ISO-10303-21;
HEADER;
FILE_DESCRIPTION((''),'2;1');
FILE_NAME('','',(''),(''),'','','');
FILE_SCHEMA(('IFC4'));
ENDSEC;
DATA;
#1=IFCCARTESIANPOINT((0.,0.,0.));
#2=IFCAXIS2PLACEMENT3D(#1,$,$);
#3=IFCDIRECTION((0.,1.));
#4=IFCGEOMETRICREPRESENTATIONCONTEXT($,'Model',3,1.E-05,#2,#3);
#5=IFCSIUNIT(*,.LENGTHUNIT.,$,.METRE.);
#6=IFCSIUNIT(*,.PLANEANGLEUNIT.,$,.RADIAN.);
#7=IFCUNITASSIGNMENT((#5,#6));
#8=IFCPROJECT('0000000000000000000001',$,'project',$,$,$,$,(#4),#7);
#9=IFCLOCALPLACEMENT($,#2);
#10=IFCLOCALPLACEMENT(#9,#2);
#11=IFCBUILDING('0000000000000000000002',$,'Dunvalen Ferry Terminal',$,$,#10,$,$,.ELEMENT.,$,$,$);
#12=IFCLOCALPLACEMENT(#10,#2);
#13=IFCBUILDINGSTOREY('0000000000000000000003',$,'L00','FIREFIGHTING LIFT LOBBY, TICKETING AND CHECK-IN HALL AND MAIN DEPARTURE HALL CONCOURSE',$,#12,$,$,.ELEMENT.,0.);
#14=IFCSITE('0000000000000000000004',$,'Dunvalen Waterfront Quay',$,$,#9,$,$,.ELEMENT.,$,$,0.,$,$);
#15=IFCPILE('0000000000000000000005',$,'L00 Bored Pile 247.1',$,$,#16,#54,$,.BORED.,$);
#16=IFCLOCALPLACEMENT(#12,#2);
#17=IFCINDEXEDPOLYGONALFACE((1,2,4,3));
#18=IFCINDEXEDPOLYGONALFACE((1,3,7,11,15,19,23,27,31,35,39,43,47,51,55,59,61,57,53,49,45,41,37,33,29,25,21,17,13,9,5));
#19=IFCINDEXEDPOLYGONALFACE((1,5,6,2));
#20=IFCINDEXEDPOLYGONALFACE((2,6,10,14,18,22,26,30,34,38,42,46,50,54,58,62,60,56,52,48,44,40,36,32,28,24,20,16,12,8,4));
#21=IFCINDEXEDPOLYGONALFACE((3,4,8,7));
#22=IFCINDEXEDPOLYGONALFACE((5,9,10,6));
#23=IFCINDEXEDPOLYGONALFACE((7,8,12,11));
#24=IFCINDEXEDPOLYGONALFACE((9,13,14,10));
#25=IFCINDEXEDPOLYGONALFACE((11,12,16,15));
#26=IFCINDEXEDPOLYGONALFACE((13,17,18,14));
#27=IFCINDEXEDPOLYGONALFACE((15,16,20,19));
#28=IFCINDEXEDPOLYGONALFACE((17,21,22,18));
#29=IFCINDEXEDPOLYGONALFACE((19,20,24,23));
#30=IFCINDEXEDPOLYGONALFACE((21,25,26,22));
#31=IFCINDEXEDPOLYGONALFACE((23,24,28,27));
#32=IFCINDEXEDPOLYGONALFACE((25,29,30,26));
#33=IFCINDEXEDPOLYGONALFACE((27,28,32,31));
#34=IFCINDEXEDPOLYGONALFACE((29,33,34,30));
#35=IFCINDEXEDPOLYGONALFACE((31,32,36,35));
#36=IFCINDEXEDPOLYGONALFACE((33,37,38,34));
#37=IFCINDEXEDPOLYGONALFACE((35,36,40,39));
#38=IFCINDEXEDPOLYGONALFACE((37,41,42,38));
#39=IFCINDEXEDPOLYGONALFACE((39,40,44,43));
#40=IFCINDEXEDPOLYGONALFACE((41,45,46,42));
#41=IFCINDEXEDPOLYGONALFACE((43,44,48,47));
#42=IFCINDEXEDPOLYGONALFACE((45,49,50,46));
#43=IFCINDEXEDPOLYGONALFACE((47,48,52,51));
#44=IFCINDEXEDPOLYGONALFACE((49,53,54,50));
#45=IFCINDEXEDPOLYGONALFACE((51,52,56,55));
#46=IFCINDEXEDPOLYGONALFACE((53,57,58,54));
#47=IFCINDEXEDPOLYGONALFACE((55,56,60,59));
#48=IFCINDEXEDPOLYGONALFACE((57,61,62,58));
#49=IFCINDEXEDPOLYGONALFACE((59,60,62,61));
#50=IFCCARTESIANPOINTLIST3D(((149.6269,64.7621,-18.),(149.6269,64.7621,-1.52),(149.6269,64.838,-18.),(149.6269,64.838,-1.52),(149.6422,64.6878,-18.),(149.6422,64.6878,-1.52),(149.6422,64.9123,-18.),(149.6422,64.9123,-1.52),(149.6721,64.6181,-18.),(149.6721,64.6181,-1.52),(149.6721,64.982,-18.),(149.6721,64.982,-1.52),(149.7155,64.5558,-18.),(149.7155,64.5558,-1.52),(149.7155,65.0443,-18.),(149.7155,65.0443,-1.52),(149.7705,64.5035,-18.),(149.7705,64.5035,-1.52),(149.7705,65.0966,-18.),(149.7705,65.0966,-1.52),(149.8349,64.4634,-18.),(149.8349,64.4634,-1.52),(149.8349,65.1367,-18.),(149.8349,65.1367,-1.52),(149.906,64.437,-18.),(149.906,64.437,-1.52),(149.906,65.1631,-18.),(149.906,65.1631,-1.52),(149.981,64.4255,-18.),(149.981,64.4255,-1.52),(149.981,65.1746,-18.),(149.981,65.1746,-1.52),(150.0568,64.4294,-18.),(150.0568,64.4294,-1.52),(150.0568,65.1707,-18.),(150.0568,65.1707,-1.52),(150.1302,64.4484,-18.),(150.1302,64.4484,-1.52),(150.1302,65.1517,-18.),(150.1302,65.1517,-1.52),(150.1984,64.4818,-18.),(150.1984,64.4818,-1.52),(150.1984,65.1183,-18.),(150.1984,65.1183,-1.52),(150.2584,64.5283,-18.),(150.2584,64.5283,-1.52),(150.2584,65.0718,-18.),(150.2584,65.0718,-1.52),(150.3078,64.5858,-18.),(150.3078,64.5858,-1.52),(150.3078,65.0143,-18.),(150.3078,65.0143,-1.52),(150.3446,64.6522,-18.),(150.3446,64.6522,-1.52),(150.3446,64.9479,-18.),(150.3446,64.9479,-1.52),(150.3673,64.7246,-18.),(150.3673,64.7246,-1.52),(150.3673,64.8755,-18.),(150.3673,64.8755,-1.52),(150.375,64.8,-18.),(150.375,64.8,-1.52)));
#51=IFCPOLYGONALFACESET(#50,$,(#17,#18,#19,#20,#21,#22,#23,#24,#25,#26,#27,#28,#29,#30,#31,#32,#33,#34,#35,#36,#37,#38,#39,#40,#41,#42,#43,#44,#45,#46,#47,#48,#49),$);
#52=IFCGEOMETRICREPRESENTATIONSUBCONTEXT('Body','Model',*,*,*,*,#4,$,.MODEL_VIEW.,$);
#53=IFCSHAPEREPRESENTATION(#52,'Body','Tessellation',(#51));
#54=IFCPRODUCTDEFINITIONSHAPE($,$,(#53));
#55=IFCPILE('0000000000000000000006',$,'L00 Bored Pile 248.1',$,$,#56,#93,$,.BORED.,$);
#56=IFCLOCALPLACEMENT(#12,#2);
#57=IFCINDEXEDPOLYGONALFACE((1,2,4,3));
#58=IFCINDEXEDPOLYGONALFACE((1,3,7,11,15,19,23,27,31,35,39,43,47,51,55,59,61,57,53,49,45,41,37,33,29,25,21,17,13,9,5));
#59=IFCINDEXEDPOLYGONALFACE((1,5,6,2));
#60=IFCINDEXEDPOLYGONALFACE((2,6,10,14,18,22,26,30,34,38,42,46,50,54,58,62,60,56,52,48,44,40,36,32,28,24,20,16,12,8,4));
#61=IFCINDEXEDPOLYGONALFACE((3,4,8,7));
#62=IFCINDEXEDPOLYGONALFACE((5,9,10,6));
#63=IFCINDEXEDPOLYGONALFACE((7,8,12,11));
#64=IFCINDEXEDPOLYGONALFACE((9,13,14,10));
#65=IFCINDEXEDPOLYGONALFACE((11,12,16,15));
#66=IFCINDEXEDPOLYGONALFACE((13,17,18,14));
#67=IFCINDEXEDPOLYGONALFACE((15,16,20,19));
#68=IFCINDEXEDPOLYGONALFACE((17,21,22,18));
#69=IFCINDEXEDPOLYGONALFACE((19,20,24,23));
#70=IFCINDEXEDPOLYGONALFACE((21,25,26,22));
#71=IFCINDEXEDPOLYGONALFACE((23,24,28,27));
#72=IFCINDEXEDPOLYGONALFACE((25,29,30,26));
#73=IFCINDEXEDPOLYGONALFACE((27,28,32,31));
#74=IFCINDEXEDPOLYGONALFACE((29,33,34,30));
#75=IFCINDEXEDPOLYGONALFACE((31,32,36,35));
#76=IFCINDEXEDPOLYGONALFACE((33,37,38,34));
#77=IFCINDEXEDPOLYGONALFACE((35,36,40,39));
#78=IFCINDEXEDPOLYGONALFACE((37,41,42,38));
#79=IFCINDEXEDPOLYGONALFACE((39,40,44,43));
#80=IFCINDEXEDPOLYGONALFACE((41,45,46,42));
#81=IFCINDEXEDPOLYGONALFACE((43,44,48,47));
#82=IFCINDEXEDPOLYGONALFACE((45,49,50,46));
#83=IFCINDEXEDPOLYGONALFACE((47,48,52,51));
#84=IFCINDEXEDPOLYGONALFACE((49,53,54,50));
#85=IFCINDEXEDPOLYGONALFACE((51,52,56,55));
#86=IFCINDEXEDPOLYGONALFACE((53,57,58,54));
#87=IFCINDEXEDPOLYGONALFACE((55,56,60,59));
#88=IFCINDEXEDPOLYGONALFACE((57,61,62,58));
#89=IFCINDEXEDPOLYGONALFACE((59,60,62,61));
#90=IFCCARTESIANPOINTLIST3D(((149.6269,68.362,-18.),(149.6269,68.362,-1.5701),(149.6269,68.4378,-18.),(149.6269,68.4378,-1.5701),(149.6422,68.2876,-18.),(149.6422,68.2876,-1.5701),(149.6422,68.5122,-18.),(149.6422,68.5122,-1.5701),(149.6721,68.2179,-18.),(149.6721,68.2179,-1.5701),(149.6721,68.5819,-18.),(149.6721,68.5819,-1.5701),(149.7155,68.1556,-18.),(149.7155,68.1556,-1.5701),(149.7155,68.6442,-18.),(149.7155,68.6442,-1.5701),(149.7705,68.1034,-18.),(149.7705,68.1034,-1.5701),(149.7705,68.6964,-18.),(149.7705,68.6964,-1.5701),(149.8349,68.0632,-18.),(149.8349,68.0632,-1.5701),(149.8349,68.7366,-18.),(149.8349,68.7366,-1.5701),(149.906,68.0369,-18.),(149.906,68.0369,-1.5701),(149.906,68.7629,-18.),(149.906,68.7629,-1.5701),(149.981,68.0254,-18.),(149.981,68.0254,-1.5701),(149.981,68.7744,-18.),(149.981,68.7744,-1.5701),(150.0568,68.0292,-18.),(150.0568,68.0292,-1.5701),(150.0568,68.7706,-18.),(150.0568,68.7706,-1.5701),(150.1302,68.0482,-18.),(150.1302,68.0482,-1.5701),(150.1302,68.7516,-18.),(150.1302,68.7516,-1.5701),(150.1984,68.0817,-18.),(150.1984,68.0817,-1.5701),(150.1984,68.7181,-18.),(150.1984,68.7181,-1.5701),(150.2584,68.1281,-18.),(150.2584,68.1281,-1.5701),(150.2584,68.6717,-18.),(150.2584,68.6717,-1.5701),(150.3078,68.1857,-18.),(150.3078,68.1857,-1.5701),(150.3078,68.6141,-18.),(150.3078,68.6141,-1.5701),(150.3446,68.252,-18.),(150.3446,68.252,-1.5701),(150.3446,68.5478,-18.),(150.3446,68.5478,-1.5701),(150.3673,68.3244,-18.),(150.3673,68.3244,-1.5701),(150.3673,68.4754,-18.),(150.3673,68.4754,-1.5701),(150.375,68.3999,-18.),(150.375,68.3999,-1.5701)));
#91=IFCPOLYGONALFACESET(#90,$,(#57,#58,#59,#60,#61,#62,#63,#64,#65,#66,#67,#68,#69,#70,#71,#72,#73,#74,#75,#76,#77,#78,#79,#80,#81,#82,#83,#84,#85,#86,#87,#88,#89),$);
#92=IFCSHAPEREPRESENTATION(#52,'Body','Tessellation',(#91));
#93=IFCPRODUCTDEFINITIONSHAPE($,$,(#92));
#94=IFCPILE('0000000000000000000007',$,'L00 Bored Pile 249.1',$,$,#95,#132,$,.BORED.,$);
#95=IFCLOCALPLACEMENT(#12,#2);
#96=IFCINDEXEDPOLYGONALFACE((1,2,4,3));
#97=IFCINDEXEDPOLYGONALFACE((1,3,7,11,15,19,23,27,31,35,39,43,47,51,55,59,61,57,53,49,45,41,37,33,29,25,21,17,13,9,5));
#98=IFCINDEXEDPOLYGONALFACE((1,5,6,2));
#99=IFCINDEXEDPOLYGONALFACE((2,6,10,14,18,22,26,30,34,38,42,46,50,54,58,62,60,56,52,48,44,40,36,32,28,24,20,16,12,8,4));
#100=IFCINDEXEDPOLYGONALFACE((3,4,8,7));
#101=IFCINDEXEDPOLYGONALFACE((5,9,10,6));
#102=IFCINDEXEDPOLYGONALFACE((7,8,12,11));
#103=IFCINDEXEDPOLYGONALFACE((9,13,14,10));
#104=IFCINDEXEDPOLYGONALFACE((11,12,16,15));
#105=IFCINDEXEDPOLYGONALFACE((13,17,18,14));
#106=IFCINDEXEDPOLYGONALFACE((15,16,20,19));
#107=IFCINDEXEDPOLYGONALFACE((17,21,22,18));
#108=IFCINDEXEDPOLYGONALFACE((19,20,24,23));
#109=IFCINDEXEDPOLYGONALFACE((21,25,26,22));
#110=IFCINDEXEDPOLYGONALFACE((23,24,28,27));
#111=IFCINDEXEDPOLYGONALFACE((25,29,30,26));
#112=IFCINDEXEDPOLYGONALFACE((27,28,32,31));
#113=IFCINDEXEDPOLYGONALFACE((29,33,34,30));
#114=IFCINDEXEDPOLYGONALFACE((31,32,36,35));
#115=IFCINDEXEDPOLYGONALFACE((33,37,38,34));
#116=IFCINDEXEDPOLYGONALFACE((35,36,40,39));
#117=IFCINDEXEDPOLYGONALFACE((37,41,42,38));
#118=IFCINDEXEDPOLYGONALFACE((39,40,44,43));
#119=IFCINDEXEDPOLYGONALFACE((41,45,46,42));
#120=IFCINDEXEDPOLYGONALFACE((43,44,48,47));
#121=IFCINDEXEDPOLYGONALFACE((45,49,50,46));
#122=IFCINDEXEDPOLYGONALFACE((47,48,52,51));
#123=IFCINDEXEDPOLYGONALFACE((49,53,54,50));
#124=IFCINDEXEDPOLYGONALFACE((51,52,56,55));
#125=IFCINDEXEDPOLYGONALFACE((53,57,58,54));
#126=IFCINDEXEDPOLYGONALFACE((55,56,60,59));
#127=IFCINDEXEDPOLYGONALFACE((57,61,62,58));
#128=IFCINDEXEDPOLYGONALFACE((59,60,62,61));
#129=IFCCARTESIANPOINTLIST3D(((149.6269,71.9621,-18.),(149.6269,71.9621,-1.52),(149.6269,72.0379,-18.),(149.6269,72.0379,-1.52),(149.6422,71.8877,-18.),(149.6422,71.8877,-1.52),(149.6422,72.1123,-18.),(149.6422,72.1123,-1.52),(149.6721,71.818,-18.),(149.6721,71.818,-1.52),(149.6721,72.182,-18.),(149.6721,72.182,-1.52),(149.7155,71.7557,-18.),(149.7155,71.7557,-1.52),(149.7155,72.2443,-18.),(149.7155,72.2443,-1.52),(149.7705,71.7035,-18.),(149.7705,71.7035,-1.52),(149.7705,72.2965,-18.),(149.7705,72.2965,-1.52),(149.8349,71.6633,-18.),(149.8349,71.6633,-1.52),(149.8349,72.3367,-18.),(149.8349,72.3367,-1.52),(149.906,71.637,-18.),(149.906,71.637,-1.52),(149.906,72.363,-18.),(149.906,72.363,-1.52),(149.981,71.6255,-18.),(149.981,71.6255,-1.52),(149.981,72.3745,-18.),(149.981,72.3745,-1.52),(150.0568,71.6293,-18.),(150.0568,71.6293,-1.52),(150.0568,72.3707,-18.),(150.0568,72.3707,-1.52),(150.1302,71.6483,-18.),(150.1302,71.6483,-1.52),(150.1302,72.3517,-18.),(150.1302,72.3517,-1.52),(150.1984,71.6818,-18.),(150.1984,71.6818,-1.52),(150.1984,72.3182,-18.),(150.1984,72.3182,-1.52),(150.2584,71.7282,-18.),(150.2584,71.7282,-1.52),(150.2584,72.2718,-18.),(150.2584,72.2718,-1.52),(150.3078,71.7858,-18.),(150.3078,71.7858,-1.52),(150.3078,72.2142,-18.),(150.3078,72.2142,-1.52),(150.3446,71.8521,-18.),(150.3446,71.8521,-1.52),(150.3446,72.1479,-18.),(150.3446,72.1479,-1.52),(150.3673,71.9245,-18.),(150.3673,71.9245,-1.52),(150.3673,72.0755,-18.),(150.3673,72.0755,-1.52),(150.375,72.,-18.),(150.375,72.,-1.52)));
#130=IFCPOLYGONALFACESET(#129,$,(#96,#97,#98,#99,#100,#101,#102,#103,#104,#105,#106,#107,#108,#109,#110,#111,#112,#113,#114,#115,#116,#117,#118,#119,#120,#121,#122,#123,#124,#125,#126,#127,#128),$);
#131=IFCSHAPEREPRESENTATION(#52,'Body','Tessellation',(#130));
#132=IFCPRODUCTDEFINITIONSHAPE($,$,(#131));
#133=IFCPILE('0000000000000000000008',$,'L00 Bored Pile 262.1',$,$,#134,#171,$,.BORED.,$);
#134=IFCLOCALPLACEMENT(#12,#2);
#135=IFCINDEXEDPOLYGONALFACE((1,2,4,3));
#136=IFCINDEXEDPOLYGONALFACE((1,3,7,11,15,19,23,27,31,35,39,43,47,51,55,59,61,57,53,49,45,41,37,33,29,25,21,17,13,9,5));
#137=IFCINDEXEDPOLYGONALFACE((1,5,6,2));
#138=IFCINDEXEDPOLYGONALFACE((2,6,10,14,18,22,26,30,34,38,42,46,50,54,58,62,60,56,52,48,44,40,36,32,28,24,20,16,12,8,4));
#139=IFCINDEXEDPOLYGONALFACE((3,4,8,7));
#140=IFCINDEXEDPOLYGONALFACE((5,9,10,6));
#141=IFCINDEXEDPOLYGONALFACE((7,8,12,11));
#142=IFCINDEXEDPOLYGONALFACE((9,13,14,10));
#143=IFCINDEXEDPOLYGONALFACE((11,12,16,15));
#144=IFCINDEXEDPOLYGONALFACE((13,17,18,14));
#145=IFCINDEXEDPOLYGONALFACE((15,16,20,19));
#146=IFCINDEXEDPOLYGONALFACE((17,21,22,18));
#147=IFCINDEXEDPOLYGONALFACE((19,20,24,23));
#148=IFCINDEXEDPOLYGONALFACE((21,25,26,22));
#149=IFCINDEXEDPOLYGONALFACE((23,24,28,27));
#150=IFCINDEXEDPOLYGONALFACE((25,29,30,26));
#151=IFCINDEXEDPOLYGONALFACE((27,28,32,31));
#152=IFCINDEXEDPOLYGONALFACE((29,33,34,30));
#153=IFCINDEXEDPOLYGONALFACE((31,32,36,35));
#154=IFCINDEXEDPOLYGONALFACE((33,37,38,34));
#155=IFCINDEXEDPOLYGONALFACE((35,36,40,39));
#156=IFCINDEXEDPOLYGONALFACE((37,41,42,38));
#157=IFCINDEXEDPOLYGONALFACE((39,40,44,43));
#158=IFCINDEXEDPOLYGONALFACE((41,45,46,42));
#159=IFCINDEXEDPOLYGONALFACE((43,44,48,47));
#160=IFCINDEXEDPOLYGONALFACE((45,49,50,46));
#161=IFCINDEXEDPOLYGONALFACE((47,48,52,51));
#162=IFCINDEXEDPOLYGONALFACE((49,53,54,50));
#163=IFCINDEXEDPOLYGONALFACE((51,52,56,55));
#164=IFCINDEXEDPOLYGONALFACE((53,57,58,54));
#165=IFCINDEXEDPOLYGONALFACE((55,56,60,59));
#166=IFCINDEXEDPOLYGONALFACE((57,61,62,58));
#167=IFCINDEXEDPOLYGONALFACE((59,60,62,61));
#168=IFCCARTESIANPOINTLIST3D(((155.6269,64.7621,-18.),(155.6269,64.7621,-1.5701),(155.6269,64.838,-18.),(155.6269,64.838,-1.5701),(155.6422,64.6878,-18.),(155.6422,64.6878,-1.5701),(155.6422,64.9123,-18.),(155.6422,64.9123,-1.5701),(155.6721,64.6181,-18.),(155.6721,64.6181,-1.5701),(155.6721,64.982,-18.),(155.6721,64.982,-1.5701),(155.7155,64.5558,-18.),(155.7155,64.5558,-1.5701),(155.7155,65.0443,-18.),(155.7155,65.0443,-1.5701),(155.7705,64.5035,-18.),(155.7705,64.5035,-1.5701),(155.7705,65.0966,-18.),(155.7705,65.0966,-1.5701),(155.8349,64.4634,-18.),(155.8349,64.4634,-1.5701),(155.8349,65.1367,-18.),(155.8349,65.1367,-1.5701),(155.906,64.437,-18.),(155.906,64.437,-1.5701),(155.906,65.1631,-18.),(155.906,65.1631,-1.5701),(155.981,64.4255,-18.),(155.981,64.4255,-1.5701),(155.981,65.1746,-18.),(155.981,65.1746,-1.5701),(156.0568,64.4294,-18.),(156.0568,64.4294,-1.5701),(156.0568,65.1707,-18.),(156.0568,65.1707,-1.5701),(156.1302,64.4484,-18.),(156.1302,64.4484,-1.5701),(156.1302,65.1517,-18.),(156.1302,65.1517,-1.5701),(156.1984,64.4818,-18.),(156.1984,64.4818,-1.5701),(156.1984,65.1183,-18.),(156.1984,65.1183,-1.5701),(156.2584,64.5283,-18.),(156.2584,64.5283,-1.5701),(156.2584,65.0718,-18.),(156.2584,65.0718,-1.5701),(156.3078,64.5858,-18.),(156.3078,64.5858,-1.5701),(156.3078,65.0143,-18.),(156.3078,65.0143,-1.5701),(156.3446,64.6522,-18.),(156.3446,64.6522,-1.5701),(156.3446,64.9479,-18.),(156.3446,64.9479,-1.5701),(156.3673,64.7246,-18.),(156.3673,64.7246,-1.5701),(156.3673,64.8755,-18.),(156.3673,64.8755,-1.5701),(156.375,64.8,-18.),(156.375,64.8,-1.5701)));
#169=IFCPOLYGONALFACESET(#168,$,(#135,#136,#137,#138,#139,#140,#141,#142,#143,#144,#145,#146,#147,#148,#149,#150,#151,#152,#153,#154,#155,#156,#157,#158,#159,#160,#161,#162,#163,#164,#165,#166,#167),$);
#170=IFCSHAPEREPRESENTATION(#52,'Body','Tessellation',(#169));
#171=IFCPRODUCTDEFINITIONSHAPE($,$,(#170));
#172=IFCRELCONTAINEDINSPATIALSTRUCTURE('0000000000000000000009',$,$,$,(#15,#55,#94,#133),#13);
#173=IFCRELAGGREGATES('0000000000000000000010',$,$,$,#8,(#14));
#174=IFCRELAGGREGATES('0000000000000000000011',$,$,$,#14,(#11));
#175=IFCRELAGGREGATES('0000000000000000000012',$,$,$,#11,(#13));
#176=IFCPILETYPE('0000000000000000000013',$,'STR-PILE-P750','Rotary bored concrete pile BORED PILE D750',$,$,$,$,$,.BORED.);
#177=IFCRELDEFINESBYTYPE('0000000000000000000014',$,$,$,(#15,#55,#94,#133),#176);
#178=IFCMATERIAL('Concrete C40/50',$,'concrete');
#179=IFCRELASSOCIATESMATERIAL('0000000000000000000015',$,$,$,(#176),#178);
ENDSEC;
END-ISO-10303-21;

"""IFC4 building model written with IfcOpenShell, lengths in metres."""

from ifc_helpers import new_model, si_unit, direction, frame, origin, origin_2d, place, context, subcontext, project, spatial, circle, extrude, material, material_profile, profile_set, type_object, element, save


model = new_model("IFC4")

# Units and contexts
model_context = context("Model", 3, precision=1e-05, world=origin(), true_north=direction((0.0, 1.0)))
body_context = subcontext(model_context, "Body", "Model", "MODEL_VIEW")
ifc_project = project(units=[si_unit("LENGTHUNIT", "METRE"), si_unit("PLANEANGLEUNIT", "RADIAN")], contexts=[model_context])

# Site, building, storey
site_placement = place(None, origin())
site = spatial("IfcSite", under=ifc_project, at=site_placement, Name="Dunvalen Waterfront Quay", CompositionType="ELEMENT", RefElevation=0.0)
building_placement = place(site_placement, origin())
building = spatial("IfcBuilding", under=site, at=building_placement, Name="Dunvalen Ferry Terminal", CompositionType="ELEMENT")
storey_placement = place(building_placement, origin())
storey = spatial("IfcBuildingStorey", under=building, at=storey_placement, Name="L00", Description="FIREFIGHTING LIFT LOBBY, TICKETING AND CHECK-IN HALL AND MAIN DEPARTURE HALL CONCOURSE", CompositionType="ELEMENT", Elevation=0.0)

# Shared definitions
ifc_material_1 = material(Name="Concrete C40/50", Category="concrete")

# Piles
ifc_material_profile_1 = material_profile(ifc_material_1, circle(Radius=0.375, at=origin_2d()), Name="Concrete C40/50")
ifc_profile_set_1 = profile_set([ifc_material_profile_1], Name="Concrete C40/50")
pile_type = type_object("IfcPileType", Name="STR-PILE-P750", Description="Rotary bored concrete pile BORED PILE D750", PredefinedType="BORED", material=ifc_profile_set_1)
pile_1_placement = place(storey_placement, frame((150.0, 64.8, -1.52), z_axis=(0.0, 0.0, -1.0), x_axis=(1.0, 0.0, 0.0)))
element("IfcPile", 1, at=pile_1_placement, inside=storey, type_object=pile_type, Name="L00 Bored Pile 247.1", PredefinedType="BORED", context=body_context, shape_type="SweptSolid", body=[
    extrude(circle(Radius=0.375, at=origin_2d()), origin(), (0.0, 0.0, 1.0), 16.48),
])
pile_2_placement = place(storey_placement, frame((150.0, 68.3999, -1.5701), z_axis=(0.0, 0.0, -1.0), x_axis=(1.0, 0.0, 0.0)))
element("IfcPile", 2, at=pile_2_placement, inside=storey, type_object=pile_type, Name="L00 Bored Pile 248.1", PredefinedType="BORED", context=body_context, shape_type="SweptSolid", body=[
    extrude(circle(Radius=0.375, at=origin_2d()), origin(), (0.0, 0.0, 1.0), 16.4299),
])
pile_3_placement = place(storey_placement, frame((150.0, 72.0, -1.52), z_axis=(0.0, 0.0, -1.0), x_axis=(1.0, 0.0, 0.0)))
element("IfcPile", 3, at=pile_3_placement, inside=storey, type_object=pile_type, Name="L00 Bored Pile 249.1", PredefinedType="BORED", context=body_context, shape_type="SweptSolid", body=[
    extrude(circle(Radius=0.375, at=origin_2d()), origin(), (0.0, 0.0, 1.0), 16.48),
])
pile_4_placement = place(storey_placement, frame((156.0, 64.8, -1.5701), z_axis=(0.0, 0.0, -1.0), x_axis=(1.0, 0.0, 0.0)))
element("IfcPile", 4, at=pile_4_placement, inside=storey, type_object=pile_type, Name="L00 Bored Pile 262.1", PredefinedType="BORED", context=body_context, shape_type="SweptSolid", body=[
    extrude(circle(Radius=0.375, at=origin_2d()), origin(), (0.0, 0.0, 1.0), 16.4299),
])

save(model, "model.ifc")
